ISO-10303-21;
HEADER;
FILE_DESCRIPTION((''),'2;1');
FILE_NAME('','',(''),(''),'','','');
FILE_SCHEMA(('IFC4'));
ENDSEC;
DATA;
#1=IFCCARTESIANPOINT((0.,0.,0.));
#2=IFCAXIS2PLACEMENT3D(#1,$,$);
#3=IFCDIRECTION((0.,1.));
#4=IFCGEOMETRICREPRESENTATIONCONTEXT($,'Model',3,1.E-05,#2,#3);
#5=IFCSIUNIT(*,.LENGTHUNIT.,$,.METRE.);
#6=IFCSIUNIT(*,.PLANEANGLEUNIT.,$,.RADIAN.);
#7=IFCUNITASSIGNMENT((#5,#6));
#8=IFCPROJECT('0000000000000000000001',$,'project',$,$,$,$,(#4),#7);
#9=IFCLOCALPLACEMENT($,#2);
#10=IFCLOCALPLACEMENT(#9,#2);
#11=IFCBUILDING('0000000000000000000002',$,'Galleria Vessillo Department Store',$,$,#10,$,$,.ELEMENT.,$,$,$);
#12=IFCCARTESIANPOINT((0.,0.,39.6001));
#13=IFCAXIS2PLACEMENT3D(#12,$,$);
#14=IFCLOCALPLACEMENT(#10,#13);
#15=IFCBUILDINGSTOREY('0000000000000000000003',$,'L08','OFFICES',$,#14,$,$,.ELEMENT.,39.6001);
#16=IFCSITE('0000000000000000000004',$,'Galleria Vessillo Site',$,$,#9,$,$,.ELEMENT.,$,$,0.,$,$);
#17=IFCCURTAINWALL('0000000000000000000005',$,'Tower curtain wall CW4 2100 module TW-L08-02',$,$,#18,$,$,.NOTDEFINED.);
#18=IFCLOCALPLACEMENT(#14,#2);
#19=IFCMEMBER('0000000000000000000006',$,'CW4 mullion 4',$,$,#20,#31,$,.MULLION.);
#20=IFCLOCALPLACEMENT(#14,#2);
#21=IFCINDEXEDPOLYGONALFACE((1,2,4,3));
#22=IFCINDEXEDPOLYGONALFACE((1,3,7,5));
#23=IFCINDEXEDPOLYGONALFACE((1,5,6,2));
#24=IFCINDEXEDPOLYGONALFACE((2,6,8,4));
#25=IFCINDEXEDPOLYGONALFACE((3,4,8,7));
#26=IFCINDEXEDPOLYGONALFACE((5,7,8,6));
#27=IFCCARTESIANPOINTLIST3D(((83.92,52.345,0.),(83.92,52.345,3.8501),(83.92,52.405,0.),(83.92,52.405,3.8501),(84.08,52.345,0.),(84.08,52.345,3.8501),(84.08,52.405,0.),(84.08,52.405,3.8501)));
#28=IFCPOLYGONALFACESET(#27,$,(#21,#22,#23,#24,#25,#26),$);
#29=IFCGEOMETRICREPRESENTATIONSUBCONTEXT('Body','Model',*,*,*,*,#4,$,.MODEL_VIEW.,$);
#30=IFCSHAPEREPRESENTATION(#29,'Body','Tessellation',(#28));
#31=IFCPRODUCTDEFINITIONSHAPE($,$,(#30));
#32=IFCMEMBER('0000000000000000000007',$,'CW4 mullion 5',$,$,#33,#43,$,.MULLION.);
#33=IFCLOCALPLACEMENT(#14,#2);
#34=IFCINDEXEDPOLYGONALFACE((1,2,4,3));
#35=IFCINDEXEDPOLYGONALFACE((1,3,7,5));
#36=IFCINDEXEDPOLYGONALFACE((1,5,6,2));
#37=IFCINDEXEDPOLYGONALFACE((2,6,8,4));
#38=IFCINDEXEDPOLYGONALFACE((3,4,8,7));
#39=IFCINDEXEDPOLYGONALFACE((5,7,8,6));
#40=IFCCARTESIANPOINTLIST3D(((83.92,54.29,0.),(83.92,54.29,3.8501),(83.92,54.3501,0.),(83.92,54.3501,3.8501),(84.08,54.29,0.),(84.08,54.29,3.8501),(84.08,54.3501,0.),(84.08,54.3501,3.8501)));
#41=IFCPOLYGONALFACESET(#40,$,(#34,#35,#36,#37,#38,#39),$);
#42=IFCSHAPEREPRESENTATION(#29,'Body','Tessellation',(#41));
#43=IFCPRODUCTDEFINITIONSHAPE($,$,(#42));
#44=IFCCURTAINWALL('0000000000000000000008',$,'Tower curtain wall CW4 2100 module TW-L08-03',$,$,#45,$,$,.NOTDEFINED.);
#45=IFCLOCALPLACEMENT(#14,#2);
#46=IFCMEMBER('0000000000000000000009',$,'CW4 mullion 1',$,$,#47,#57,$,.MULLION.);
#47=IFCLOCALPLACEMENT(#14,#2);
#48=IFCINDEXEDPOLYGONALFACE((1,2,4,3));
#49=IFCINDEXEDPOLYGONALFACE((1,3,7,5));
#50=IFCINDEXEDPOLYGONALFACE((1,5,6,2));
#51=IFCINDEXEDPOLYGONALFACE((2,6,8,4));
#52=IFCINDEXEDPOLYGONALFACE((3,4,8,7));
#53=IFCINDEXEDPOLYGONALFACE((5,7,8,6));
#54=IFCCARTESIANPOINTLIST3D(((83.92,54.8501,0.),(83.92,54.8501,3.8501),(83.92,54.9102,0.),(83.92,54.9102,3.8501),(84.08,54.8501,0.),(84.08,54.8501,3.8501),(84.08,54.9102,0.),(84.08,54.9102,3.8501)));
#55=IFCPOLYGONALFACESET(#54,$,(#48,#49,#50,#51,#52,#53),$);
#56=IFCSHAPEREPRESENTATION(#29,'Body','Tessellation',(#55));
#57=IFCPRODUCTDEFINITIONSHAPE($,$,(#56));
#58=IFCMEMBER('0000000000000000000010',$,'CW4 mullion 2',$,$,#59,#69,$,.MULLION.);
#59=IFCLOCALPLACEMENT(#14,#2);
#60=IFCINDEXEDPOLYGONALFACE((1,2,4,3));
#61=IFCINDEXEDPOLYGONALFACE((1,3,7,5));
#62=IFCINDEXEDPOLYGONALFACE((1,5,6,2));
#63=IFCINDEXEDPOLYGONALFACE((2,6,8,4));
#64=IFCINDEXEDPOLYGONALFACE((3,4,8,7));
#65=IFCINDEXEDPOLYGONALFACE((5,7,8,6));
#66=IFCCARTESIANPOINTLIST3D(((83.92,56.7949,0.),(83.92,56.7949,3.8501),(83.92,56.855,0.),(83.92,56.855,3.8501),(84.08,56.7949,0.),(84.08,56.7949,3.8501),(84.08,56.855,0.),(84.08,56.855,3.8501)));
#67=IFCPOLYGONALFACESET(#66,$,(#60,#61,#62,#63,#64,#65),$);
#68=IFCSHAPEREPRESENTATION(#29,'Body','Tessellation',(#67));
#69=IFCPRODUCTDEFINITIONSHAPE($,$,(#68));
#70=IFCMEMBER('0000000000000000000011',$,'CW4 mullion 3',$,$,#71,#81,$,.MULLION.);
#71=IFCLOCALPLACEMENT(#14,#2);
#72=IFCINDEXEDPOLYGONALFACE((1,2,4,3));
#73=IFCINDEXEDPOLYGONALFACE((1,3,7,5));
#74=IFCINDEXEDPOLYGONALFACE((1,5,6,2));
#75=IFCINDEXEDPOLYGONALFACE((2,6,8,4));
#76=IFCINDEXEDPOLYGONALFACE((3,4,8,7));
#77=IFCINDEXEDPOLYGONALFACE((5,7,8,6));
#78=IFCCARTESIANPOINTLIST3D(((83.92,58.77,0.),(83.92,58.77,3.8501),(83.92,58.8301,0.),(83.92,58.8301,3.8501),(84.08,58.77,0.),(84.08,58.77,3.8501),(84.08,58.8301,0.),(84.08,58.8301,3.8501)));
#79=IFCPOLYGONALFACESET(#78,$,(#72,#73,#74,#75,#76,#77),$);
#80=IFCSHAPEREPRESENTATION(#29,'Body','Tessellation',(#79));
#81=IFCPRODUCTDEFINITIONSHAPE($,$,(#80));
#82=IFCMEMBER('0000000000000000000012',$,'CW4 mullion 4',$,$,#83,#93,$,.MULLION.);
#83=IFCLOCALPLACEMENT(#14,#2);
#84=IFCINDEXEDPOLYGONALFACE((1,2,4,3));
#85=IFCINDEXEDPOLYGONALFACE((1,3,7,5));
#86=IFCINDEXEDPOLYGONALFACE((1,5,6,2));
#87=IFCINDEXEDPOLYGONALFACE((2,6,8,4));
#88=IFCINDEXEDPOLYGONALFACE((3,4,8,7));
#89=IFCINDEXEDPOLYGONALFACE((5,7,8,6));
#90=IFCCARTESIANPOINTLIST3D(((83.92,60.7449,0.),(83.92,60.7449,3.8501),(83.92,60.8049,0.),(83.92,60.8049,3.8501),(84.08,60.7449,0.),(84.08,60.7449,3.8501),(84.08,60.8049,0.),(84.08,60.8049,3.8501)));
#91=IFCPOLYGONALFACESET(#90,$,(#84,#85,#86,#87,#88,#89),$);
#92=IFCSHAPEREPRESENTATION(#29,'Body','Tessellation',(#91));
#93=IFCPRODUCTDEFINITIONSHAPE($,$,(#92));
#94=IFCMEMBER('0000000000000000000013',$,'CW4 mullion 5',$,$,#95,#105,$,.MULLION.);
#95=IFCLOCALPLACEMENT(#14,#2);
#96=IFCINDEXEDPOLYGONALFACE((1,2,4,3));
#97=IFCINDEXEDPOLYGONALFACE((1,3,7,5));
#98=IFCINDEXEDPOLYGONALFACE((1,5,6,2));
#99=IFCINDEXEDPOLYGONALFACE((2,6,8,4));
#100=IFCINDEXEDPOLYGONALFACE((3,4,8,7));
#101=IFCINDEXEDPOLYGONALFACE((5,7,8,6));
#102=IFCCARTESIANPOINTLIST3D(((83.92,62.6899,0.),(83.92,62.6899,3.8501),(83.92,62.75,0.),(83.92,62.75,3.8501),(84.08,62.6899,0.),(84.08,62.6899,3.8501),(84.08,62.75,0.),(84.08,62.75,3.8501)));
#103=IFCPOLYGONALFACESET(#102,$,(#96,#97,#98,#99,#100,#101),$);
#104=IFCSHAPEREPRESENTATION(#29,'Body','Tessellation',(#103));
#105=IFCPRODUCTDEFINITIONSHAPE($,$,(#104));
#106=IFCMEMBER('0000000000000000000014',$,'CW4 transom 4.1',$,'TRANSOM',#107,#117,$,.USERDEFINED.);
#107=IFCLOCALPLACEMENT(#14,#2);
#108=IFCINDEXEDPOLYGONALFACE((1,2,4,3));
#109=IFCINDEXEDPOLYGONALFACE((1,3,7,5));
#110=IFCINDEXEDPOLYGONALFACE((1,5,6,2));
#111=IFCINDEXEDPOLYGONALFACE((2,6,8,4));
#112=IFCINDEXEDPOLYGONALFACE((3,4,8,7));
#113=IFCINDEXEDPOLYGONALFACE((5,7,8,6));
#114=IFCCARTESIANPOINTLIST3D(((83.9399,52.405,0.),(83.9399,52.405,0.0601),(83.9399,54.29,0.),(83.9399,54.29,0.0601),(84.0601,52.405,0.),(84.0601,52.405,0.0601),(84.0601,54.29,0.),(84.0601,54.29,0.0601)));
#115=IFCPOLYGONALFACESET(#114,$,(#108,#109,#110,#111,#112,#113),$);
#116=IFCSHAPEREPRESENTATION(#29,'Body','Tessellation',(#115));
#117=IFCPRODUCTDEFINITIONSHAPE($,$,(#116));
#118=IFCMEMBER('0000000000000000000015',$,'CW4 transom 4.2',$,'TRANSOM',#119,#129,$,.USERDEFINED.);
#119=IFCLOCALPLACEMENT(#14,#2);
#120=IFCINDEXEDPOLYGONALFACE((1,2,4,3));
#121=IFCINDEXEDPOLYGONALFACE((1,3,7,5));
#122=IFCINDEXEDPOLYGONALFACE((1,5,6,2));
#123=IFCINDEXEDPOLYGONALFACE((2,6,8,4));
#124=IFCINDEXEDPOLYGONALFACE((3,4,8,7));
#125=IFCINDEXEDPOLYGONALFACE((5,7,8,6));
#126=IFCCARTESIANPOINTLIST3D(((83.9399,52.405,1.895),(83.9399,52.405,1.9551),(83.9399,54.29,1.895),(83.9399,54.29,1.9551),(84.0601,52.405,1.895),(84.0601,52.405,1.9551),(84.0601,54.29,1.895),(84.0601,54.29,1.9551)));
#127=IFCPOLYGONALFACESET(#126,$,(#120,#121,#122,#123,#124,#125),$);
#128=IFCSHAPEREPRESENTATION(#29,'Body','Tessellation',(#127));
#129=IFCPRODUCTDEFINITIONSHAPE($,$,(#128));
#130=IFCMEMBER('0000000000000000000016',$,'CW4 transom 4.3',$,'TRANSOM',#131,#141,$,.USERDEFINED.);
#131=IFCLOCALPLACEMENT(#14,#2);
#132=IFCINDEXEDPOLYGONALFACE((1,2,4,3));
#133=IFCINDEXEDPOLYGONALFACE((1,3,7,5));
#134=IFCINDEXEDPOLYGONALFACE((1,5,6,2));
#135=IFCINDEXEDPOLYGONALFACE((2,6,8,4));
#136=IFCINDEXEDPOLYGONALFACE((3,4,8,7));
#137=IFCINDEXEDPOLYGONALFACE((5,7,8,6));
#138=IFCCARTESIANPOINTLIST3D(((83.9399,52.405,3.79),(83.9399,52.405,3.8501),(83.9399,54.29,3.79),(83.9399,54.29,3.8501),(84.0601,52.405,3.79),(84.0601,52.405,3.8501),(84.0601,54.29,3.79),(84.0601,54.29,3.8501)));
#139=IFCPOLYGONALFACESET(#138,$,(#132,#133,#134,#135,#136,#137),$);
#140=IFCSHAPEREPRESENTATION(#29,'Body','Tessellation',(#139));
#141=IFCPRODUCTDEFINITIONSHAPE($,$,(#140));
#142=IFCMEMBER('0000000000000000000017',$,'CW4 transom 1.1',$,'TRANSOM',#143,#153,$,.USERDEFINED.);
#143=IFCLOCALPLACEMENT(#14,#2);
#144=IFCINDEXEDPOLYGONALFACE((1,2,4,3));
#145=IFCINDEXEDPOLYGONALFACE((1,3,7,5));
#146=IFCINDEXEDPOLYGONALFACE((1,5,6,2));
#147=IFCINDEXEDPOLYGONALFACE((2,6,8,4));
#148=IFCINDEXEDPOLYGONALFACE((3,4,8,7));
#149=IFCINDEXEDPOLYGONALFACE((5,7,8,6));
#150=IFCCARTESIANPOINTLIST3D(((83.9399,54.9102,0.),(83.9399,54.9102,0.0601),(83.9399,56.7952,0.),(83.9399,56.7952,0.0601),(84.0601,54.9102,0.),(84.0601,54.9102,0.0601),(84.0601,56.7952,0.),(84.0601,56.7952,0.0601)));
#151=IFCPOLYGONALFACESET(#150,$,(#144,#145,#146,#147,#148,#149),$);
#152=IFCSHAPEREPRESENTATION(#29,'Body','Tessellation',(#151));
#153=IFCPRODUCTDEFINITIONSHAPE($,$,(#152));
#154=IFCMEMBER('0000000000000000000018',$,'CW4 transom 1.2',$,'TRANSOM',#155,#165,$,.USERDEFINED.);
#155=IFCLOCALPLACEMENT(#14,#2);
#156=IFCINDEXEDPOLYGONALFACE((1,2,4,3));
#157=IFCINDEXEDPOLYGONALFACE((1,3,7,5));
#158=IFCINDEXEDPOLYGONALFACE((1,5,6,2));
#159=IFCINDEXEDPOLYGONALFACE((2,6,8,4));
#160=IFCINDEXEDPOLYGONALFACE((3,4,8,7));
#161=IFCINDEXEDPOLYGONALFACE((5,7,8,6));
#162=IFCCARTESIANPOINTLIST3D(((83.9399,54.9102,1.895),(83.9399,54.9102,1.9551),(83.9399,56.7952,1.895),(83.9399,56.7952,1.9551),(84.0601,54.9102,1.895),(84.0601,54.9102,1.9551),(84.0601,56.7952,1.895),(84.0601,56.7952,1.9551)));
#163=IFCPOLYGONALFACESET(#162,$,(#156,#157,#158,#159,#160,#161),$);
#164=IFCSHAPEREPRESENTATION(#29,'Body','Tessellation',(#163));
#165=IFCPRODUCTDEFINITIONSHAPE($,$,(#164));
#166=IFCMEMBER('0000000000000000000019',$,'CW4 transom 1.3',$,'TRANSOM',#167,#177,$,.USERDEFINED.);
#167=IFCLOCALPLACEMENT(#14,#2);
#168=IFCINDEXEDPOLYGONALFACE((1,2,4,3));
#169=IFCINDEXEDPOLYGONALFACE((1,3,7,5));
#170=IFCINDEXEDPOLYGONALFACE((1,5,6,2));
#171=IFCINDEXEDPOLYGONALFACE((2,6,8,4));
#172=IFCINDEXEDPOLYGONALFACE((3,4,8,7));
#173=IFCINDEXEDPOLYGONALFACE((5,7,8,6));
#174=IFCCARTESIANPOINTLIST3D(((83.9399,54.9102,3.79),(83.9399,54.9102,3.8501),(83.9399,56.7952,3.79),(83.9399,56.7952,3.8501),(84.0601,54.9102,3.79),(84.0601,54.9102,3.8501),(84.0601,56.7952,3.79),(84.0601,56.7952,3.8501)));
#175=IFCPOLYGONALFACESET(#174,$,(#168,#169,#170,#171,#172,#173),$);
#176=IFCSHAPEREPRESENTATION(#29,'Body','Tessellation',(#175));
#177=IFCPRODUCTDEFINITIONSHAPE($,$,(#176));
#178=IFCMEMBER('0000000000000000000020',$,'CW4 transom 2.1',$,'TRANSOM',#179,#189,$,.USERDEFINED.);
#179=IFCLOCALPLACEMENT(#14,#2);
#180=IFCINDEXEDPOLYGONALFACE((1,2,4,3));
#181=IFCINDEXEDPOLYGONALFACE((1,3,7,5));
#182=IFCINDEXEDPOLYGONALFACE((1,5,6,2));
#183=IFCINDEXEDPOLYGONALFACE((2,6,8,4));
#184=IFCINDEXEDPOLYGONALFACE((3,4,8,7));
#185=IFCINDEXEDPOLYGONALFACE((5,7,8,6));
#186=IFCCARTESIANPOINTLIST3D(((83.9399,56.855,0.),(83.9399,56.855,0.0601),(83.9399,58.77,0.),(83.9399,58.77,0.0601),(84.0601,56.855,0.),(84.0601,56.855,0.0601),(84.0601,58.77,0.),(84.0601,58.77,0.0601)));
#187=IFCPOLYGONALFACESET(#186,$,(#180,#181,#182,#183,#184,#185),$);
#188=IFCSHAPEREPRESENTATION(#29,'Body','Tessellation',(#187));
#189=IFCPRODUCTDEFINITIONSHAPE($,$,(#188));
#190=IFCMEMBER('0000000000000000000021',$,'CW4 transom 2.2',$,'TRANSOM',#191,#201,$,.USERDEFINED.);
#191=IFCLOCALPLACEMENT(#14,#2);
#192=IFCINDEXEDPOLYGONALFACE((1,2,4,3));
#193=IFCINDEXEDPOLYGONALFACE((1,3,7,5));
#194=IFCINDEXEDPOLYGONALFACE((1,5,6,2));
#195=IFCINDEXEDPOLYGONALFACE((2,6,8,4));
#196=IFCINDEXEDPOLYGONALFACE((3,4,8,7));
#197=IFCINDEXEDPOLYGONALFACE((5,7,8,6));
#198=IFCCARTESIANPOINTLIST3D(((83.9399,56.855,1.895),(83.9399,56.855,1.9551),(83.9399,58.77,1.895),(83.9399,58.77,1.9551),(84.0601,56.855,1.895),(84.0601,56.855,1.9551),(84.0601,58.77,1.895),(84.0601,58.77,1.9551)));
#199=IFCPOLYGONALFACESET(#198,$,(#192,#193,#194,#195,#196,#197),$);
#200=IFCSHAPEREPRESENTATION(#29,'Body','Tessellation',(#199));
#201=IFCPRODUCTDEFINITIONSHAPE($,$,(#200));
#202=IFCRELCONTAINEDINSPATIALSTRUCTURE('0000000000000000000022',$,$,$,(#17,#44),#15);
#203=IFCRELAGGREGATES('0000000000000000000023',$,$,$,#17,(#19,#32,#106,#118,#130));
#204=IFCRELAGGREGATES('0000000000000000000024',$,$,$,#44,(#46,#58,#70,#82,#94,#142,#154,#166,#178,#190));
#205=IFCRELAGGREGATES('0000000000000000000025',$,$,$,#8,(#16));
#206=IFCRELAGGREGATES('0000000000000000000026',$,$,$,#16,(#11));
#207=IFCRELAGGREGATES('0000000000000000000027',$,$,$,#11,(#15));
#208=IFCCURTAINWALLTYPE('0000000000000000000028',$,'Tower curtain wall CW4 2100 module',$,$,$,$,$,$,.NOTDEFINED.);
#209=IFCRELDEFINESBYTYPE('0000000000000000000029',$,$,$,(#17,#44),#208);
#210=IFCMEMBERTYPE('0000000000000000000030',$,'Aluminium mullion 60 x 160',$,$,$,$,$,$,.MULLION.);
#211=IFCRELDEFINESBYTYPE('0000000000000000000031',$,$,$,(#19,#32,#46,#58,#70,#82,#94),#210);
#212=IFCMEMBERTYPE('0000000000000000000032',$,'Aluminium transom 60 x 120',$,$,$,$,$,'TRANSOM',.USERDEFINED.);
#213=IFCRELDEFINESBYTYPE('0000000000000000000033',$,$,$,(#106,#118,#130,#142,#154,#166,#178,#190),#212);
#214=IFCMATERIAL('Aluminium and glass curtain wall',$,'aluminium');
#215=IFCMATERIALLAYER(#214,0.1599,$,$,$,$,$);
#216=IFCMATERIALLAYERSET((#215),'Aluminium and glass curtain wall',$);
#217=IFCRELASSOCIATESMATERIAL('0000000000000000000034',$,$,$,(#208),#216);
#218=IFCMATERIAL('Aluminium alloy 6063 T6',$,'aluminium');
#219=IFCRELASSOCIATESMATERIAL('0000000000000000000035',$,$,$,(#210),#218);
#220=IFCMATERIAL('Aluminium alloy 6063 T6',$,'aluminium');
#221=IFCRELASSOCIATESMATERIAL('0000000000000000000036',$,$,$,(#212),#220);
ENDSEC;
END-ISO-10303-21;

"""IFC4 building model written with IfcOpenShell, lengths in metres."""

from ifc_helpers import new_model, si_unit, direction, frame, origin, origin_2d, place, context, subcontext, project, spatial, rectangle, extrude, material, layer, layer_set, material_profile, profile_set, type_object, element, aggregate, save


model = new_model("IFC4")

# Units and contexts
model_context = context("Model", 3, precision=1e-05, world=origin(), true_north=direction((0.0, 1.0)))
body_context = subcontext(model_context, "Body", "Model", "MODEL_VIEW")
ifc_project = project(units=[si_unit("LENGTHUNIT", "METRE"), si_unit("PLANEANGLEUNIT", "RADIAN")], contexts=[model_context])

# Site, building, storey
site_placement = place(None, origin())
site = spatial("IfcSite", under=ifc_project, at=site_placement, Name="Galleria Vessillo Site", CompositionType="ELEMENT", RefElevation=0.0)
building_placement = place(site_placement, origin())
building = spatial("IfcBuilding", under=site, at=building_placement, Name="Galleria Vessillo Department Store", CompositionType="ELEMENT")
storey_placement = place(building_placement, frame((0.0, 0.0, 39.6001)))
storey = spatial("IfcBuildingStorey", under=building, at=storey_placement, Name="L08", Description="OFFICES", CompositionType="ELEMENT", Elevation=39.6001)

# Curtain walls, members
ifc_material_1 = material(Name="Aluminium and glass curtain wall", Category="aluminium")
ifc_layer_1 = layer(ifc_material_1, 0.1599)
ifc_layer_set_1 = layer_set([ifc_layer_1], Name="Aluminium and glass curtain wall")
curtain_wall_type = type_object("IfcCurtainWallType", Name="Tower curtain wall CW4 2100 module", PredefinedType="NOTDEFINED", material=ifc_layer_set_1)
curtain_wall_1_placement = place(storey_placement, origin())
curtain_wall_1 = element("IfcCurtainWall", 1, at=curtain_wall_1_placement, inside=storey, type_object=curtain_wall_type, Name="Tower curtain wall CW4 2100 module TW-L08-02", PredefinedType="NOTDEFINED")
ifc_material_2 = material(Name="Aluminium alloy 6063 T6", Category="aluminium")
ifc_material_profile_1 = material_profile(ifc_material_2, rectangle(XDim=0.1599, YDim=0.0601, at=origin_2d()), Name="AL 60x160")
ifc_profile_set_1 = profile_set([ifc_material_profile_1], Name="Aluminium alloy 6063 T6")
member_type_1 = type_object("IfcMemberType", Name="Aluminium mullion 60 x 160", PredefinedType="MULLION", material=ifc_profile_set_1)
member_1_placement = place(storey_placement, frame((84.0, 52.375, 0.0), z_axis=(0.0, 0.0, 1.0), x_axis=(-1.0, 0.0, 0.0)))
member_1 = element("IfcMember", 2, at=member_1_placement, type_object=member_type_1, Name="CW4 mullion 4", PredefinedType="MULLION", context=body_context, shape_type="SweptSolid", body=[
    extrude(rectangle(XDim=0.1599, YDim=0.0601, at=origin_2d()), origin(), (0.0, 0.0, 1.0), 3.8501),
])
member_2_placement = place(storey_placement, frame((84.0, 54.3201, 0.0), z_axis=(0.0, 0.0, 1.0), x_axis=(-1.0, 0.0, 0.0)))
member_2 = element("IfcMember", 3, at=member_2_placement, type_object=member_type_1, Name="CW4 mullion 5", PredefinedType="MULLION", context=body_context, shape_type="SweptSolid", body=[
    extrude(rectangle(XDim=0.1599, YDim=0.0601, at=origin_2d()), origin(), (0.0, 0.0, 1.0), 3.8501),
])
curtain_wall_2_placement = place(storey_placement, origin())
curtain_wall_2 = element("IfcCurtainWall", 4, at=curtain_wall_2_placement, inside=storey, type_object=curtain_wall_type, Name="Tower curtain wall CW4 2100 module TW-L08-03", PredefinedType="NOTDEFINED")
member_3_placement = place(storey_placement, frame((84.0, 54.8801, 0.0), z_axis=(0.0, 0.0, 1.0), x_axis=(-1.0, 0.0, 0.0)))
member_3 = element("IfcMember", 5, at=member_3_placement, type_object=member_type_1, Name="CW4 mullion 1", PredefinedType="MULLION", context=body_context, shape_type="SweptSolid", body=[
    extrude(rectangle(XDim=0.1599, YDim=0.0601, at=origin_2d()), origin(), (0.0, 0.0, 1.0), 3.8501),
])
member_4_placement = place(storey_placement, frame((84.0, 56.825, 0.0), z_axis=(0.0, 0.0, 1.0), x_axis=(-1.0, 0.0, 0.0)))
member_4 = element("IfcMember", 6, at=member_4_placement, type_object=member_type_1, Name="CW4 mullion 2", PredefinedType="MULLION", context=body_context, shape_type="SweptSolid", body=[
    extrude(rectangle(XDim=0.1599, YDim=0.0601, at=origin_2d()), origin(), (0.0, 0.0, 1.0), 3.8501),
])
member_5_placement = place(storey_placement, frame((84.0, 58.8, 0.0), z_axis=(0.0, 0.0, 1.0), x_axis=(-1.0, 0.0, 0.0)))
member_5 = element("IfcMember", 7, at=member_5_placement, type_object=member_type_1, Name="CW4 mullion 3", PredefinedType="MULLION", context=body_context, shape_type="SweptSolid", body=[
    extrude(rectangle(XDim=0.1599, YDim=0.0601, at=origin_2d()), origin(), (0.0, 0.0, 1.0), 3.8501),
])
member_6_placement = place(storey_placement, frame((84.0, 60.7749, 0.0), z_axis=(0.0, 0.0, 1.0), x_axis=(-1.0, 0.0, 0.0)))
member_6 = element("IfcMember", 8, at=member_6_placement, type_object=member_type_1, Name="CW4 mullion 4", PredefinedType="MULLION", context=body_context, shape_type="SweptSolid", body=[
    extrude(rectangle(XDim=0.1599, YDim=0.0601, at=origin_2d()), origin(), (0.0, 0.0, 1.0), 3.8501),
])
member_7_placement = place(storey_placement, frame((84.0, 62.72, 0.0), z_axis=(0.0, 0.0, 1.0), x_axis=(-1.0, 0.0, 0.0)))
member_7 = element("IfcMember", 9, at=member_7_placement, type_object=member_type_1, Name="CW4 mullion 5", PredefinedType="MULLION", context=body_context, shape_type="SweptSolid", body=[
    extrude(rectangle(XDim=0.1599, YDim=0.0601, at=origin_2d()), origin(), (0.0, 0.0, 1.0), 3.8501),
])

# Members
ifc_material_3 = material(Name="Aluminium alloy 6063 T6", Category="aluminium")
ifc_material_profile_2 = material_profile(ifc_material_3, rectangle(XDim=0.1201, YDim=0.0601, at=origin_2d()), Name="AL 60x120")
ifc_profile_set_2 = profile_set([ifc_material_profile_2], Name="Aluminium alloy 6063 T6")
member_type_2 = type_object("IfcMemberType", Name="Aluminium transom 60 x 120", ElementType="TRANSOM", PredefinedType="USERDEFINED", material=ifc_profile_set_2)
member_8_placement = place(storey_placement, frame((84.0, 52.405, 0.03), z_axis=(0.0, 1.0, 0.0), x_axis=(-1.0, 0.0, 0.0)))
member_8 = element("IfcMember", 10, at=member_8_placement, type_object=member_type_2, Name="CW4 transom 4.1", ObjectType="TRANSOM", PredefinedType="USERDEFINED", context=body_context, shape_type="SweptSolid", body=[
    extrude(rectangle(XDim=0.1201, YDim=0.0601, at=origin_2d()), origin(), (0.0, 0.0, 1.0), 1.885),
])
member_9_placement = place(storey_placement, frame((84.0, 52.405, 1.925), z_axis=(0.0, 1.0, 0.0), x_axis=(-1.0, 0.0, 0.0)))
member_9 = element("IfcMember", 11, at=member_9_placement, type_object=member_type_2, Name="CW4 transom 4.2", ObjectType="TRANSOM", PredefinedType="USERDEFINED", context=body_context, shape_type="SweptSolid", body=[
    extrude(rectangle(XDim=0.1201, YDim=0.0601, at=origin_2d()), origin(), (0.0, 0.0, 1.0), 1.885),
])
member_10_placement = place(storey_placement, frame((84.0, 52.405, 3.8201), z_axis=(0.0, 1.0, 0.0), x_axis=(-1.0, 0.0, 0.0)))
member_10 = element("IfcMember", 12, at=member_10_placement, type_object=member_type_2, Name="CW4 transom 4.3", ObjectType="TRANSOM", PredefinedType="USERDEFINED", context=body_context, shape_type="SweptSolid", body=[
    extrude(rectangle(XDim=0.1201, YDim=0.0601, at=origin_2d()), origin(), (0.0, 0.0, 1.0), 1.885),
])
member_11_placement = place(storey_placement, frame((84.0, 54.9102, 0.03), z_axis=(0.0, 1.0, 0.0), x_axis=(-1.0, 0.0, 0.0)))
member_11 = element("IfcMember", 13, at=member_11_placement, type_object=member_type_2, Name="CW4 transom 1.1", ObjectType="TRANSOM", PredefinedType="USERDEFINED", context=body_context, shape_type="SweptSolid", body=[
    extrude(rectangle(XDim=0.1201, YDim=0.0601, at=origin_2d()), origin(), (0.0, 0.0, 1.0), 1.885),
])
member_12_placement = place(storey_placement, frame((84.0, 54.9102, 1.925), z_axis=(0.0, 1.0, 0.0), x_axis=(-1.0, 0.0, 0.0)))
member_12 = element("IfcMember", 14, at=member_12_placement, type_object=member_type_2, Name="CW4 transom 1.2", ObjectType="TRANSOM", PredefinedType="USERDEFINED", context=body_context, shape_type="SweptSolid", body=[
    extrude(rectangle(XDim=0.1201, YDim=0.0601, at=origin_2d()), origin(), (0.0, 0.0, 1.0), 1.885),
])
member_13_placement = place(storey_placement, frame((84.0, 54.9102, 3.8201), z_axis=(0.0, 1.0, 0.0), x_axis=(-1.0, 0.0, 0.0)))
member_13 = element("IfcMember", 15, at=member_13_placement, type_object=member_type_2, Name="CW4 transom 1.3", ObjectType="TRANSOM", PredefinedType="USERDEFINED", context=body_context, shape_type="SweptSolid", body=[
    extrude(rectangle(XDim=0.1201, YDim=0.0601, at=origin_2d()), origin(), (0.0, 0.0, 1.0), 1.885),
])
member_14_placement = place(storey_placement, frame((84.0, 56.855, 0.03), z_axis=(0.0, 1.0, 0.0), x_axis=(-1.0, 0.0, 0.0)))
member_14 = element("IfcMember", 16, at=member_14_placement, type_object=member_type_2, Name="CW4 transom 2.1", ObjectType="TRANSOM", PredefinedType="USERDEFINED", context=body_context, shape_type="SweptSolid", body=[
    extrude(rectangle(XDim=0.1201, YDim=0.0601, at=origin_2d()), origin(), (0.0, 0.0, 1.0), 1.915),
])
member_15_placement = place(storey_placement, frame((84.0, 56.855, 1.925), z_axis=(0.0, 1.0, 0.0), x_axis=(-1.0, 0.0, 0.0)))
member_15 = element("IfcMember", 17, at=member_15_placement, type_object=member_type_2, Name="CW4 transom 2.2", ObjectType="TRANSOM", PredefinedType="USERDEFINED", context=body_context, shape_type="SweptSolid", body=[
    extrude(rectangle(XDim=0.1201, YDim=0.0601, at=origin_2d()), origin(), (0.0, 0.0, 1.0), 1.915),
])

aggregate(curtain_wall_1, [member_1, member_2, member_8, member_9, member_10])
aggregate(curtain_wall_2, [member_3, member_4, member_5, member_6, member_7, member_11, member_12, member_13, member_14, member_15])

save(model, "model.ifc")
